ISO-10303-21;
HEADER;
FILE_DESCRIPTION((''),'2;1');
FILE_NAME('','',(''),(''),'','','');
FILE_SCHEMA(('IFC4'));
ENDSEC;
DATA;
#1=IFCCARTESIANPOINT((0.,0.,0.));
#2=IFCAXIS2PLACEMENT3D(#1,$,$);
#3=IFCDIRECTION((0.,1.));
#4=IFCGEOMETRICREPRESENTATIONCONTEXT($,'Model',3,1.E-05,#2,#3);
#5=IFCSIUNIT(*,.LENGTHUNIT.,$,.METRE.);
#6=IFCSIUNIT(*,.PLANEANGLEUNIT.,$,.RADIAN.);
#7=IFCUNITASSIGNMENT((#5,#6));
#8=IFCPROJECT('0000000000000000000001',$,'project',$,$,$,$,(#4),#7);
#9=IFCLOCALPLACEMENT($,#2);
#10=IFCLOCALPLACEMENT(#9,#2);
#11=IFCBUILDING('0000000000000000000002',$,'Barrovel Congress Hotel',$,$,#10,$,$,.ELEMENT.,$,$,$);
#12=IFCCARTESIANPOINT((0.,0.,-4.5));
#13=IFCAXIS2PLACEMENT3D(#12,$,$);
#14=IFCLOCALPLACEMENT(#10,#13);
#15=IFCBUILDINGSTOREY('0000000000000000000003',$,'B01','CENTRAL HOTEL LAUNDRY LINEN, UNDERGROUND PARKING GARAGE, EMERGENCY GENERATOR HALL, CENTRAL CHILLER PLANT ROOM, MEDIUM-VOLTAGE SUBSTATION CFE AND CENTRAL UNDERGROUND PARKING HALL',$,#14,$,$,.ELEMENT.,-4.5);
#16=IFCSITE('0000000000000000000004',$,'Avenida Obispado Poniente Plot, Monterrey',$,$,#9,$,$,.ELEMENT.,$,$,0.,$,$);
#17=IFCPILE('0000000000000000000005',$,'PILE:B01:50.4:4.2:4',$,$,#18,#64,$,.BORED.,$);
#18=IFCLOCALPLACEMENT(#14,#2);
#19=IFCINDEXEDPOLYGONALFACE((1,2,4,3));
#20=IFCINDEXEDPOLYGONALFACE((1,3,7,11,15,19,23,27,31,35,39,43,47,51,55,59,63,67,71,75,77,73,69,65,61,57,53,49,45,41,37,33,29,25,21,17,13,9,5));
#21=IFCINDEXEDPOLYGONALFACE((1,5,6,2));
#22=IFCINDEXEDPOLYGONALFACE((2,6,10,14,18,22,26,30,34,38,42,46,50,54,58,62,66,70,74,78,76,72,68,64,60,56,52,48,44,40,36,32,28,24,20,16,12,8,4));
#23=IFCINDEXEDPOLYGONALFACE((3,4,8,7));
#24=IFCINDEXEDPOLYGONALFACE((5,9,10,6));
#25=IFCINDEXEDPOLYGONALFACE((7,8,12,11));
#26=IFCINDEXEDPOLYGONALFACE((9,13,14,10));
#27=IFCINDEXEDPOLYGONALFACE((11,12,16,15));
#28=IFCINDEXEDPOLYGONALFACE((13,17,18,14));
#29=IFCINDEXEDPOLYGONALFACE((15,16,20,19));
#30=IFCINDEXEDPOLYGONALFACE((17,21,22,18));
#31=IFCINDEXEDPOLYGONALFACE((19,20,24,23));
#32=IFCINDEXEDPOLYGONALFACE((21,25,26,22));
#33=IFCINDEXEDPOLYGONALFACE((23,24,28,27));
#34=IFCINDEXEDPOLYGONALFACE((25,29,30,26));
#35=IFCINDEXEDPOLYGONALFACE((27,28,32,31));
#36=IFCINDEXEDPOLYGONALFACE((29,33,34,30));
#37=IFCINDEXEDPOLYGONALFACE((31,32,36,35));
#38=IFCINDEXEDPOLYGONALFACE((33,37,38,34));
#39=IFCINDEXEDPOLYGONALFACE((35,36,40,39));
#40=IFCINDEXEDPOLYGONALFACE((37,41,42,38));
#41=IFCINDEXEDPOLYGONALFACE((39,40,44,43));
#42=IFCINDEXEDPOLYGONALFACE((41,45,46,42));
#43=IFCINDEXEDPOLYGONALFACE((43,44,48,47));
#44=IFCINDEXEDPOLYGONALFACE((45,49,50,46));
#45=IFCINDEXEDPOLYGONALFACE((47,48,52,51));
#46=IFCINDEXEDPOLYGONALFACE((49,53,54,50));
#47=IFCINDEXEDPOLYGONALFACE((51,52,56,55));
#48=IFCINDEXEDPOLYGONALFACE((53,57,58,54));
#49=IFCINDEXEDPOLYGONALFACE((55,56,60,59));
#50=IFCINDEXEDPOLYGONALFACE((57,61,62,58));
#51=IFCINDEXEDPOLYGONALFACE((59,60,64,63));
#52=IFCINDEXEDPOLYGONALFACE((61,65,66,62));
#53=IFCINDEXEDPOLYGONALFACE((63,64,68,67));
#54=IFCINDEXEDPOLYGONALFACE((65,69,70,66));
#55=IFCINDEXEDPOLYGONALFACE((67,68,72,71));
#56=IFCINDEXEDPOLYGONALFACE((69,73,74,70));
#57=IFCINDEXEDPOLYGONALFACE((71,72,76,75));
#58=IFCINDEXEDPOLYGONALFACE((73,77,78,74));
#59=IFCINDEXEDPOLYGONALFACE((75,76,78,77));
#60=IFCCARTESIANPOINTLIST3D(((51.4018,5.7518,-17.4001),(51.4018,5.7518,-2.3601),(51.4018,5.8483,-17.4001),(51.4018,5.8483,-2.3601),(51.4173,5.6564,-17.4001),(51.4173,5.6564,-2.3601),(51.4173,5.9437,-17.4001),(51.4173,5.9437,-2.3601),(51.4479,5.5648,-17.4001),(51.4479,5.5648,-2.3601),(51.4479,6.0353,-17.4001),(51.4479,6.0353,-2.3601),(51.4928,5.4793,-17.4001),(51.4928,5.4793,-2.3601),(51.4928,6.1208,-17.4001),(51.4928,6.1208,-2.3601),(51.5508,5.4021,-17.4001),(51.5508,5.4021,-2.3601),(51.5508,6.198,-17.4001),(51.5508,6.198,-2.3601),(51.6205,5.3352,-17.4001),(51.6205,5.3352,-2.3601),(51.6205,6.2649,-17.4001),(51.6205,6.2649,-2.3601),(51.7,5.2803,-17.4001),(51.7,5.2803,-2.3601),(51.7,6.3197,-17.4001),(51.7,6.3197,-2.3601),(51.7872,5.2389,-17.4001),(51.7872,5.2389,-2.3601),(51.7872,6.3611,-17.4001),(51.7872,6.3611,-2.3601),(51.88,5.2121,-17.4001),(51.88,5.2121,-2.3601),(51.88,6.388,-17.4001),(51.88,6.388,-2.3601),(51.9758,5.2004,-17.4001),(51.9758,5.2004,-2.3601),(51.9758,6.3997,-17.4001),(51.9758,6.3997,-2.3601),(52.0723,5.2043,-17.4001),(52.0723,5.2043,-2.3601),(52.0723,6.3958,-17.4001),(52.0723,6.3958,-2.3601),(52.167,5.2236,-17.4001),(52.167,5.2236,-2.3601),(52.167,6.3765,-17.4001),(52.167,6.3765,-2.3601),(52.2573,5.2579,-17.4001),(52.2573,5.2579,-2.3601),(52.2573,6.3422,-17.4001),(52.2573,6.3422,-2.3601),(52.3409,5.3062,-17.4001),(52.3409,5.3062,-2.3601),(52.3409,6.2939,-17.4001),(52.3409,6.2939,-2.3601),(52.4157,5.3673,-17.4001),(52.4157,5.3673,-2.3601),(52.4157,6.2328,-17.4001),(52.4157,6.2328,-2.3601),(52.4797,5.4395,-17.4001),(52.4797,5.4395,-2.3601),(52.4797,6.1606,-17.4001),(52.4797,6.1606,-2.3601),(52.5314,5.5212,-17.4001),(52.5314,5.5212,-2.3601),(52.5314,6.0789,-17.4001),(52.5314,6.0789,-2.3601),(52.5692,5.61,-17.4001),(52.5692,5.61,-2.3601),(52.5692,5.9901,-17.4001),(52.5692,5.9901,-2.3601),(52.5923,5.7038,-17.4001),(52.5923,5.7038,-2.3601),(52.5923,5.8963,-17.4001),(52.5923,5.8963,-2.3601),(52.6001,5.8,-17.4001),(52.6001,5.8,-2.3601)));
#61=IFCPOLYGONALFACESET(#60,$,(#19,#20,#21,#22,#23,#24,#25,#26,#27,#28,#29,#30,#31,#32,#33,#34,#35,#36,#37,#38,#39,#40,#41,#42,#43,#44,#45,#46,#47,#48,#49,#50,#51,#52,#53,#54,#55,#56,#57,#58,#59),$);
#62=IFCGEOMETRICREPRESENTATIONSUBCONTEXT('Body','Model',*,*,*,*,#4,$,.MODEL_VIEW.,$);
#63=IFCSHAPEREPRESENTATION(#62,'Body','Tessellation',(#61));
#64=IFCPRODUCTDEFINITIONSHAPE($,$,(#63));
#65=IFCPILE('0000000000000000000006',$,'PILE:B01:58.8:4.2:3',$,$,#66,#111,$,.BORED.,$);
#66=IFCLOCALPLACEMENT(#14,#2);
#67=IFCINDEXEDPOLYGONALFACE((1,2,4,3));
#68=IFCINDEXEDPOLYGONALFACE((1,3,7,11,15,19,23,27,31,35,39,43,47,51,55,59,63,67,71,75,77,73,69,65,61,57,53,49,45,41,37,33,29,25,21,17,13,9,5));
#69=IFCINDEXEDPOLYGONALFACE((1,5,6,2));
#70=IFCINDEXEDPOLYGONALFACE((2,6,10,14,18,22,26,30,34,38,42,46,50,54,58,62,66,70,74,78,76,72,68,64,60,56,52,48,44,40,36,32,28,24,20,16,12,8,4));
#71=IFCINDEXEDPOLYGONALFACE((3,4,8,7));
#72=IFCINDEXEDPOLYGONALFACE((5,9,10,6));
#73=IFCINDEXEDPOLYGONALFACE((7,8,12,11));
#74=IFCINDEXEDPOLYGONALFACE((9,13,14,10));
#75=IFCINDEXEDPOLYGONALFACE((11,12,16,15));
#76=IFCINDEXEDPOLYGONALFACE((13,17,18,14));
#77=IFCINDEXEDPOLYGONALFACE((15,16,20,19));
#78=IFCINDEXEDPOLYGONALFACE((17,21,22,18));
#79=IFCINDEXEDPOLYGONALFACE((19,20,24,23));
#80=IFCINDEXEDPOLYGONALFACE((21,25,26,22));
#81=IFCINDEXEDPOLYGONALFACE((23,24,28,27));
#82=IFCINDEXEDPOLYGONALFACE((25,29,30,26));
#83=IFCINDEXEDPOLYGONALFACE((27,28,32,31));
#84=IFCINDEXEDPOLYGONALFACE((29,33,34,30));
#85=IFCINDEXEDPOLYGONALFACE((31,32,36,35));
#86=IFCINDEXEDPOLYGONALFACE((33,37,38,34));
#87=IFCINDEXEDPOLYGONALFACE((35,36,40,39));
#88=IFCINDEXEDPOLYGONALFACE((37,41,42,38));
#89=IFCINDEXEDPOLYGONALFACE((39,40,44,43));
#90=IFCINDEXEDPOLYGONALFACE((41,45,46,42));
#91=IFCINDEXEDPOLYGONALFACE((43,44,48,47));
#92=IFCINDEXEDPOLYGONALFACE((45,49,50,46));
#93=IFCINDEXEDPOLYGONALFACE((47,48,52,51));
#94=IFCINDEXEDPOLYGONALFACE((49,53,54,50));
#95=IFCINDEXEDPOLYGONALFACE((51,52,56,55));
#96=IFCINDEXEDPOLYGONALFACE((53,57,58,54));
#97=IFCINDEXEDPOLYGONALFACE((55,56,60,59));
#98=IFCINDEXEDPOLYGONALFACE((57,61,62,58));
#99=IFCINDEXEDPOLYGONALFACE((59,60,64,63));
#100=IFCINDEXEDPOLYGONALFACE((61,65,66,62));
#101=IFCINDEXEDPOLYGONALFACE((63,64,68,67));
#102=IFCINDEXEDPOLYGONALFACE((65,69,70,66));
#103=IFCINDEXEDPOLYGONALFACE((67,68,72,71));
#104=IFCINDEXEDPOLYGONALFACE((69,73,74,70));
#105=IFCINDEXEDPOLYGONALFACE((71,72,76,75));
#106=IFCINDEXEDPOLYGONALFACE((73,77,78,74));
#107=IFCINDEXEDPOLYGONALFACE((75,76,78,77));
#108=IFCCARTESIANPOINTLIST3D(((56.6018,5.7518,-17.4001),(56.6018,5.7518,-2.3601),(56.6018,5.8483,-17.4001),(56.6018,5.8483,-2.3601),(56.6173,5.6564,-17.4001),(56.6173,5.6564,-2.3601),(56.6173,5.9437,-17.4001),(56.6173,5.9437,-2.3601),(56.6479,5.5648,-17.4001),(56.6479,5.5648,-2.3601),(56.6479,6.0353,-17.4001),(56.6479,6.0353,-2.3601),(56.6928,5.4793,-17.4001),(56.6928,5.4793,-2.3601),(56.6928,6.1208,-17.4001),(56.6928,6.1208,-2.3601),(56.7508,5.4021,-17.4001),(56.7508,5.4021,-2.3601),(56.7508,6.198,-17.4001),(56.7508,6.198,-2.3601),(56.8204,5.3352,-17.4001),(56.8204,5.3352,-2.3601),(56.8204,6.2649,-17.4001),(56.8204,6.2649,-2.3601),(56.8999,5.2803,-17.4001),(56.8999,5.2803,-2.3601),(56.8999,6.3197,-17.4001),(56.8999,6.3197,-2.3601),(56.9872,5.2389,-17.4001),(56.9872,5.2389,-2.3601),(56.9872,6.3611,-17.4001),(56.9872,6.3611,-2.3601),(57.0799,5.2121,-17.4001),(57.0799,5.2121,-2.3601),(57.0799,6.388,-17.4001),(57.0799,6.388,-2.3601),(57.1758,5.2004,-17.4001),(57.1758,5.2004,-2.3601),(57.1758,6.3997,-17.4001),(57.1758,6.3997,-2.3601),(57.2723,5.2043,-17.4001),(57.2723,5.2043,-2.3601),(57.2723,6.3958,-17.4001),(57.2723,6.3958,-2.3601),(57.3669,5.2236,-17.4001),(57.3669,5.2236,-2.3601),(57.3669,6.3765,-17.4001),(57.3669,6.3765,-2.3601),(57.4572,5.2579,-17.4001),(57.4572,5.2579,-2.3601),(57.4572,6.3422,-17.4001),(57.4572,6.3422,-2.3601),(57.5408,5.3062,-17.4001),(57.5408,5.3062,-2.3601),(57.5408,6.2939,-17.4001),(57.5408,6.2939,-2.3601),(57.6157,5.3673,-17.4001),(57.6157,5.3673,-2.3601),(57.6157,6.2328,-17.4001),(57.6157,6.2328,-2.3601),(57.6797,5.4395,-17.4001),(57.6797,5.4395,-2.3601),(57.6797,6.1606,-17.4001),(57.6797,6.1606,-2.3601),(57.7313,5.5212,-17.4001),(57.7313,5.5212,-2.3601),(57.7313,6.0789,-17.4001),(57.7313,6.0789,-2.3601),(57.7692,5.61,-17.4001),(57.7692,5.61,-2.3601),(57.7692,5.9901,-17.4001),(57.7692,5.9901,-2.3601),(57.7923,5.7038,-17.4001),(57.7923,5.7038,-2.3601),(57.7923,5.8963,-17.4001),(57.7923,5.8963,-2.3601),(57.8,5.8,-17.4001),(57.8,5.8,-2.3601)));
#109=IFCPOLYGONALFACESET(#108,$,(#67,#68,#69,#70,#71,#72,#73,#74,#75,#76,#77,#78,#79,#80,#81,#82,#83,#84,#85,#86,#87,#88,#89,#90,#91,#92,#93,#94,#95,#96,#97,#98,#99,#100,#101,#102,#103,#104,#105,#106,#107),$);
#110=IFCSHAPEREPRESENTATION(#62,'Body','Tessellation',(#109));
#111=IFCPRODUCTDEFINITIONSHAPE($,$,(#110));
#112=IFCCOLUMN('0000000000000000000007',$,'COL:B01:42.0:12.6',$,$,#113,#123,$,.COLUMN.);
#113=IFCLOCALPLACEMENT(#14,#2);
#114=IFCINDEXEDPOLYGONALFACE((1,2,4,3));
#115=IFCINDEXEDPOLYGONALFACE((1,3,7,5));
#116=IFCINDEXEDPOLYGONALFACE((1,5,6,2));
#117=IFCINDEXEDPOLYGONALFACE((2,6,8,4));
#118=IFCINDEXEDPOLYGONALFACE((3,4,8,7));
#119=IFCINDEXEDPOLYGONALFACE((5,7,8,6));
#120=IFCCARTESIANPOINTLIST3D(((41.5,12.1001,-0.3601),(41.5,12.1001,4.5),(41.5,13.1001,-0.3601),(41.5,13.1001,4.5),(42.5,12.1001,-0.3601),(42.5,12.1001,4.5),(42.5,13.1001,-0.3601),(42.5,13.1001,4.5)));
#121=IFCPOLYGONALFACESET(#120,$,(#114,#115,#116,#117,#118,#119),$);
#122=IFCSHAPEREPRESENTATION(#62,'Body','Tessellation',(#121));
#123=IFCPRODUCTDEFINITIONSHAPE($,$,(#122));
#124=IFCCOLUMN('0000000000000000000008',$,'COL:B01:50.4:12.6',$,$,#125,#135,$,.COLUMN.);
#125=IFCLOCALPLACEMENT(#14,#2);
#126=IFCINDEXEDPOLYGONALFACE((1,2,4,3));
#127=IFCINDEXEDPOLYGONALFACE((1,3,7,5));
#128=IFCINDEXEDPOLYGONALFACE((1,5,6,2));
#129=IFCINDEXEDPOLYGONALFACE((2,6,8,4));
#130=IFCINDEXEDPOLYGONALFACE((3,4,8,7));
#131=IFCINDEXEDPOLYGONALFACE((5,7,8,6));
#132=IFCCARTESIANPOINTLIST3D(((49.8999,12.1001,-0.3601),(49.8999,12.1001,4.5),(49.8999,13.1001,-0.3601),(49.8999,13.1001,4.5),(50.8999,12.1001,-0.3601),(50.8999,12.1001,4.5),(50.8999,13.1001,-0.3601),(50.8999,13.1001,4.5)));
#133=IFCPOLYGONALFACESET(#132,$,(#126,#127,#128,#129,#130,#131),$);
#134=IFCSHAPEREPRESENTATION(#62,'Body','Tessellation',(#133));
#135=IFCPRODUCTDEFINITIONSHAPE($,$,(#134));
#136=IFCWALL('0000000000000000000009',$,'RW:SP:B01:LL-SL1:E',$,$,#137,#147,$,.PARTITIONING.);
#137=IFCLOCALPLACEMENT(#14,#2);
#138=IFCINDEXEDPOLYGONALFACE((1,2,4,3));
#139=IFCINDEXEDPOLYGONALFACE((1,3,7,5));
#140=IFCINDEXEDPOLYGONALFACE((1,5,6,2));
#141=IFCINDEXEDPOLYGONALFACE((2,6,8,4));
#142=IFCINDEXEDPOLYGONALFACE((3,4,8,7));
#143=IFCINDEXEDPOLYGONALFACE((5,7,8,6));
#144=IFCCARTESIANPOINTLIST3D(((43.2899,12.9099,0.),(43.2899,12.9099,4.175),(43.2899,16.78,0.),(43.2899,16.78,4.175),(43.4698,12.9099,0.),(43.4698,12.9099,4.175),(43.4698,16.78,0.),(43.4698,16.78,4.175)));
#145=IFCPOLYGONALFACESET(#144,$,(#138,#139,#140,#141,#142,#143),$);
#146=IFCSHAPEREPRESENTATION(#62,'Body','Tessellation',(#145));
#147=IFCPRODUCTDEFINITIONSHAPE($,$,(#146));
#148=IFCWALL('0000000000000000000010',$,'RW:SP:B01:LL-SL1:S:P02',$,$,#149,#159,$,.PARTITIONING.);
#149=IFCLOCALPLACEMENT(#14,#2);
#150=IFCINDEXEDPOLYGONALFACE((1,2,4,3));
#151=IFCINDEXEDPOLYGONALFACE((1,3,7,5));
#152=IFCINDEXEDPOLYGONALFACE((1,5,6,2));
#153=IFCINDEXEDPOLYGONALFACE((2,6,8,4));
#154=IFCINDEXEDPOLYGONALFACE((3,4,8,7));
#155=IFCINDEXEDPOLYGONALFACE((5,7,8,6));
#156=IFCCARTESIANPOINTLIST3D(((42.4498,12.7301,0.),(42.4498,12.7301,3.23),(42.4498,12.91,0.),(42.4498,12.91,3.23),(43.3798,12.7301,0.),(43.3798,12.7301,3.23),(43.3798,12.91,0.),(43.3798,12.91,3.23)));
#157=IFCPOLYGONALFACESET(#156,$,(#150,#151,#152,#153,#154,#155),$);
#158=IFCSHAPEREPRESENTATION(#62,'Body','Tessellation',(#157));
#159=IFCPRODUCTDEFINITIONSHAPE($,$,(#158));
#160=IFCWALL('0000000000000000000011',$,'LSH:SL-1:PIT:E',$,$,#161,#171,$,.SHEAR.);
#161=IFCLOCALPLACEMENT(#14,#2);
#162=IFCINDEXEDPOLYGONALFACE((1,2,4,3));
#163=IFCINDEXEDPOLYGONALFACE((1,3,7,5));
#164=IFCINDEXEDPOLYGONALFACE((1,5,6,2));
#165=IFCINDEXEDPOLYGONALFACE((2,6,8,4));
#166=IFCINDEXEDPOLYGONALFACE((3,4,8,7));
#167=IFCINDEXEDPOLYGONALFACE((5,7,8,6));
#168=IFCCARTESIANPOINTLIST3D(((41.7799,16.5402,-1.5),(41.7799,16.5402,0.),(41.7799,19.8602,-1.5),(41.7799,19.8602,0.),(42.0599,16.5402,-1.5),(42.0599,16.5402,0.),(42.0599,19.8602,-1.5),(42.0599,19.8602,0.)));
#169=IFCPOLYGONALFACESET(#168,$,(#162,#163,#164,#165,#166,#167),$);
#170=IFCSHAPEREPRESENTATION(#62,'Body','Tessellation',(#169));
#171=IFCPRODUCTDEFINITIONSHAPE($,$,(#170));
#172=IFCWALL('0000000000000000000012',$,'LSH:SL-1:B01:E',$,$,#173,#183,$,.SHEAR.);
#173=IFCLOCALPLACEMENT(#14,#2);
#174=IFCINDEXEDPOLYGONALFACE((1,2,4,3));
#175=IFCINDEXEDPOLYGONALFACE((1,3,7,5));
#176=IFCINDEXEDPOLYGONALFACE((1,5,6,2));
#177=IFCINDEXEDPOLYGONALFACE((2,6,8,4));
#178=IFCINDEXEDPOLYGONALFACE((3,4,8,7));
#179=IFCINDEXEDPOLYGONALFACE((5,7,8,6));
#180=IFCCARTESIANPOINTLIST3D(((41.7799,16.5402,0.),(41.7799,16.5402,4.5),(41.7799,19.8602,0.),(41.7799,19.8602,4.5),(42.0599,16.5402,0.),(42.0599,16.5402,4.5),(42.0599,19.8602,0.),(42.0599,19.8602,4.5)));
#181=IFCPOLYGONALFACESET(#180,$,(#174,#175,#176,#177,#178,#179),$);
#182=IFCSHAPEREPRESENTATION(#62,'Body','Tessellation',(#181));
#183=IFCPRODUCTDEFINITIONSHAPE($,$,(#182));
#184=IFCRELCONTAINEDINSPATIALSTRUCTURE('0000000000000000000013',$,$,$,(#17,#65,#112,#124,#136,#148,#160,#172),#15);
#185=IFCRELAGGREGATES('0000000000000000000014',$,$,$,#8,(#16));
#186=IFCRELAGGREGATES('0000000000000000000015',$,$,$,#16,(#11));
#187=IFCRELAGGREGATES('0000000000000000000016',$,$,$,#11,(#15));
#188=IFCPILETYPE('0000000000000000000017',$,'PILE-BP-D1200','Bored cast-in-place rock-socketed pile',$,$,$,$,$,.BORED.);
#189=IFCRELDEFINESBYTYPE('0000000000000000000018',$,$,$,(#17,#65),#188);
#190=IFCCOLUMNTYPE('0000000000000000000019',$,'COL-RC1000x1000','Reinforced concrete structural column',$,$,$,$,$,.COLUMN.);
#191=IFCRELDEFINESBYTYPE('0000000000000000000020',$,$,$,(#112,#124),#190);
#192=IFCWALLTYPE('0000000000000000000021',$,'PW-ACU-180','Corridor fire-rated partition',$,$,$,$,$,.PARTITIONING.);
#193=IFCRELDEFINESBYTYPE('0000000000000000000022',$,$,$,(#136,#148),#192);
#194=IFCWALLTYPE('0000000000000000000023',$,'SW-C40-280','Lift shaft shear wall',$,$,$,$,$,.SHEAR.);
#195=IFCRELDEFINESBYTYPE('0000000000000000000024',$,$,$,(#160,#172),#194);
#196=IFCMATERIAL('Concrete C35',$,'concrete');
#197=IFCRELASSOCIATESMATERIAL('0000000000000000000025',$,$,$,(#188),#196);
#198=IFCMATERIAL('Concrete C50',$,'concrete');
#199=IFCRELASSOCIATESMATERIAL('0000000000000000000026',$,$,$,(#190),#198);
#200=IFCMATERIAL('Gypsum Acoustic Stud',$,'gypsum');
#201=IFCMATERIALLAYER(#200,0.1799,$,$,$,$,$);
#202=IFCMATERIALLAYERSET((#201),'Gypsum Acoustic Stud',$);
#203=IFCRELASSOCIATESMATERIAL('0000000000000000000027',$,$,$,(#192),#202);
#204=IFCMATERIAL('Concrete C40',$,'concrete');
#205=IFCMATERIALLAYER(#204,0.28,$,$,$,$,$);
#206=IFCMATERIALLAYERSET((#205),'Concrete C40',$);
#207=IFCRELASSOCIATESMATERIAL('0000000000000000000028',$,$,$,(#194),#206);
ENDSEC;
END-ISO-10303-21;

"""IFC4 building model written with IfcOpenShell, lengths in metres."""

from ifc_helpers import new_model, si_unit, direction, frame, frame_2d, origin, origin_2d, place, context, subcontext, project, spatial, rectangle, circle, extrude, material, layer, layer_set, material_profile, profile_set, type_object, element, save


model = new_model("IFC4")

# Units and contexts
model_context = context("Model", 3, precision=1e-05, world=origin(), true_north=direction((0.0, 1.0)))
body_context = subcontext(model_context, "Body", "Model", "MODEL_VIEW")
ifc_project = project(units=[si_unit("LENGTHUNIT", "METRE"), si_unit("PLANEANGLEUNIT", "RADIAN")], contexts=[model_context])

# Site, building, storey
site_placement = place(None, origin())
site = spatial("IfcSite", under=ifc_project, at=site_placement, Name="Avenida Obispado Poniente Plot, Monterrey", CompositionType="ELEMENT", RefElevation=0.0)
building_placement = place(site_placement, origin())
building = spatial("IfcBuilding", under=site, at=building_placement, Name="Barrovel Congress Hotel", CompositionType="ELEMENT")
storey_placement = place(building_placement, frame((0.0, 0.0, -4.5)))
storey = spatial("IfcBuildingStorey", under=building, at=storey_placement, Name="B01", Description="CENTRAL HOTEL LAUNDRY LINEN, UNDERGROUND PARKING GARAGE, EMERGENCY GENERATOR HALL, CENTRAL CHILLER PLANT ROOM, MEDIUM-VOLTAGE SUBSTATION CFE AND CENTRAL UNDERGROUND PARKING HALL", CompositionType="ELEMENT", Elevation=-4.5)

# Shared definitions
ifc_material_1 = material(Name="Concrete C40", Category="concrete")

# Piles
ifc_material_2 = material(Name="Concrete C35", Category="concrete")
ifc_material_profile_1 = material_profile(ifc_material_2, circle(Radius=0.6001, at=origin_2d()), Name="BP-D1200")
ifc_profile_set_1 = profile_set([ifc_material_profile_1], Name="Concrete C35")
pile_type_1 = type_object("IfcPileType", Name="PILE-BP-D1200", Description="Bored cast-in-place rock-socketed pile", PredefinedType="BORED", material=ifc_profile_set_1)
for number, where, z_axis, x_axis, name in (
    (1, (52.0, 5.8, -2.3601), (0.0, 0.0, -1.0), (1.0, 0.0, 0.0), "PILE:B01:50.4:4.2:4"),
    (2, (57.2, 5.8, -2.3601), (0.0, 0.0, -1.0), (1.0, 0.0, 0.0), "PILE:B01:58.8:4.2:3"),
):
    element("IfcPile", number, at=place(storey_placement, frame(where, z_axis=z_axis, x_axis=x_axis)), inside=storey, type_object=pile_type_1, Name=name, PredefinedType="BORED", context=body_context, shape_type="SweptSolid", body=[
        extrude(circle(Radius=0.6001, at=origin_2d()), origin(), (0.0, 0.0, 1.0), 15.04),
    ])

# Columns
ifc_material_3 = material(Name="Concrete C50", Category="concrete")
ifc_material_profile_2 = material_profile(ifc_material_3, rectangle(XDim=1.0, YDim=1.0, at=origin_2d()), Name="RC1000x1000")
ifc_profile_set_2 = profile_set([ifc_material_profile_2], Name="Concrete C50")
column_type = type_object("IfcColumnType", Name="COL-RC1000x1000", Description="Reinforced concrete structural column", PredefinedType="COLUMN", material=ifc_profile_set_2)
for number, where, z_axis, x_axis, name in (
    (3, (42.0, 12.6001, -0.3601), (0.0, 0.0, 1.0), (1.0, 0.0, 0.0), "COL:B01:42.0:12.6"),
    (4, (50.3999, 12.6001, -0.3601), (0.0, 0.0, 1.0), (1.0, 0.0, 0.0), "COL:B01:50.4:12.6"),
):
    element("IfcColumn", number, at=place(storey_placement, frame(where, z_axis=z_axis, x_axis=x_axis)), inside=storey, type_object=column_type, Name=name, PredefinedType="COLUMN", context=body_context, shape_type="SweptSolid", body=[
        extrude(rectangle(XDim=1.0, YDim=1.0, at=origin_2d()), origin(), (0.0, 0.0, 1.0), 4.8601),
    ])

# Walls
ifc_material_4 = material(Name="Gypsum Acoustic Stud", Category="gypsum")
ifc_layer_1 = layer(ifc_material_4, 0.1799)
ifc_layer_set_1 = layer_set([ifc_layer_1], Name="Gypsum Acoustic Stud")
wall_type_1 = type_object("IfcWallType", Name="PW-ACU-180", Description="Corridor fire-rated partition", PredefinedType="PARTITIONING", material=ifc_layer_set_1)
wall_1_placement = place(storey_placement, frame((43.3799, 12.9099, 0.0), z_axis=(0.0, 0.0, 1.0), x_axis=(0.0, 1.0, 0.0)))
element("IfcWall", 5, at=wall_1_placement, inside=storey, type_object=wall_type_1, Name="RW:SP:B01:LL-SL1:E", PredefinedType="PARTITIONING", context=body_context, shape_type="SweptSolid", body=[
    extrude(rectangle(XDim=3.8701, YDim=0.1799, at=frame_2d((1.9351, 0.0))), origin(), (0.0, 0.0, 1.0), 4.175),
])
wall_2_placement = place(storey_placement, frame((42.45, 12.8201, 0.0), z_axis=(0.0, 0.0, 1.0), x_axis=(1.0, 0.0, 0.0)))
element("IfcWall", 6, at=wall_2_placement, inside=storey, type_object=wall_type_1, Name="RW:SP:B01:LL-SL1:S:P02", PredefinedType="PARTITIONING", context=body_context, shape_type="SweptSolid", body=[
    extrude(rectangle(XDim=0.9299, YDim=0.1799, at=frame_2d((0.4648, 0.0))), origin(), (0.0, 0.0, 1.0), 3.23),
])
ifc_layer_2 = layer(ifc_material_1, 0.28)
ifc_layer_set_2 = layer_set([ifc_layer_2], Name="Concrete C40")
wall_type_2 = type_object("IfcWallType", Name="SW-C40-280", Description="Lift shaft shear wall", PredefinedType="SHEAR", material=ifc_layer_set_2)
wall_3_placement = place(storey_placement, frame((41.9199, 16.54, -1.5), z_axis=(0.0, 0.0, 1.0), x_axis=(0.0, 1.0, 0.0)))
element("IfcWall", 7, at=wall_3_placement, inside=storey, type_object=wall_type_2, Name="LSH:SL-1:PIT:E", PredefinedType="SHEAR", context=body_context, shape_type="SweptSolid", body=[
    extrude(rectangle(XDim=3.3201, YDim=0.28, at=frame_2d((1.6602, 0.0))), origin(), (0.0, 0.0, 1.0), 1.5),
])
wall_4_placement = place(storey_placement, frame((41.9199, 16.54, 0.0), z_axis=(0.0, 0.0, 1.0), x_axis=(0.0, 1.0, 0.0)))
element("IfcWall", 8, at=wall_4_placement, inside=storey, type_object=wall_type_2, Name="LSH:SL-1:B01:E", PredefinedType="SHEAR", context=body_context, shape_type="SweptSolid", body=[
    extrude(rectangle(XDim=3.3201, YDim=0.28, at=frame_2d((1.6602, 0.0))), origin(), (0.0, 0.0, 1.0), 4.5),
])

save(model, "model.ifc")
